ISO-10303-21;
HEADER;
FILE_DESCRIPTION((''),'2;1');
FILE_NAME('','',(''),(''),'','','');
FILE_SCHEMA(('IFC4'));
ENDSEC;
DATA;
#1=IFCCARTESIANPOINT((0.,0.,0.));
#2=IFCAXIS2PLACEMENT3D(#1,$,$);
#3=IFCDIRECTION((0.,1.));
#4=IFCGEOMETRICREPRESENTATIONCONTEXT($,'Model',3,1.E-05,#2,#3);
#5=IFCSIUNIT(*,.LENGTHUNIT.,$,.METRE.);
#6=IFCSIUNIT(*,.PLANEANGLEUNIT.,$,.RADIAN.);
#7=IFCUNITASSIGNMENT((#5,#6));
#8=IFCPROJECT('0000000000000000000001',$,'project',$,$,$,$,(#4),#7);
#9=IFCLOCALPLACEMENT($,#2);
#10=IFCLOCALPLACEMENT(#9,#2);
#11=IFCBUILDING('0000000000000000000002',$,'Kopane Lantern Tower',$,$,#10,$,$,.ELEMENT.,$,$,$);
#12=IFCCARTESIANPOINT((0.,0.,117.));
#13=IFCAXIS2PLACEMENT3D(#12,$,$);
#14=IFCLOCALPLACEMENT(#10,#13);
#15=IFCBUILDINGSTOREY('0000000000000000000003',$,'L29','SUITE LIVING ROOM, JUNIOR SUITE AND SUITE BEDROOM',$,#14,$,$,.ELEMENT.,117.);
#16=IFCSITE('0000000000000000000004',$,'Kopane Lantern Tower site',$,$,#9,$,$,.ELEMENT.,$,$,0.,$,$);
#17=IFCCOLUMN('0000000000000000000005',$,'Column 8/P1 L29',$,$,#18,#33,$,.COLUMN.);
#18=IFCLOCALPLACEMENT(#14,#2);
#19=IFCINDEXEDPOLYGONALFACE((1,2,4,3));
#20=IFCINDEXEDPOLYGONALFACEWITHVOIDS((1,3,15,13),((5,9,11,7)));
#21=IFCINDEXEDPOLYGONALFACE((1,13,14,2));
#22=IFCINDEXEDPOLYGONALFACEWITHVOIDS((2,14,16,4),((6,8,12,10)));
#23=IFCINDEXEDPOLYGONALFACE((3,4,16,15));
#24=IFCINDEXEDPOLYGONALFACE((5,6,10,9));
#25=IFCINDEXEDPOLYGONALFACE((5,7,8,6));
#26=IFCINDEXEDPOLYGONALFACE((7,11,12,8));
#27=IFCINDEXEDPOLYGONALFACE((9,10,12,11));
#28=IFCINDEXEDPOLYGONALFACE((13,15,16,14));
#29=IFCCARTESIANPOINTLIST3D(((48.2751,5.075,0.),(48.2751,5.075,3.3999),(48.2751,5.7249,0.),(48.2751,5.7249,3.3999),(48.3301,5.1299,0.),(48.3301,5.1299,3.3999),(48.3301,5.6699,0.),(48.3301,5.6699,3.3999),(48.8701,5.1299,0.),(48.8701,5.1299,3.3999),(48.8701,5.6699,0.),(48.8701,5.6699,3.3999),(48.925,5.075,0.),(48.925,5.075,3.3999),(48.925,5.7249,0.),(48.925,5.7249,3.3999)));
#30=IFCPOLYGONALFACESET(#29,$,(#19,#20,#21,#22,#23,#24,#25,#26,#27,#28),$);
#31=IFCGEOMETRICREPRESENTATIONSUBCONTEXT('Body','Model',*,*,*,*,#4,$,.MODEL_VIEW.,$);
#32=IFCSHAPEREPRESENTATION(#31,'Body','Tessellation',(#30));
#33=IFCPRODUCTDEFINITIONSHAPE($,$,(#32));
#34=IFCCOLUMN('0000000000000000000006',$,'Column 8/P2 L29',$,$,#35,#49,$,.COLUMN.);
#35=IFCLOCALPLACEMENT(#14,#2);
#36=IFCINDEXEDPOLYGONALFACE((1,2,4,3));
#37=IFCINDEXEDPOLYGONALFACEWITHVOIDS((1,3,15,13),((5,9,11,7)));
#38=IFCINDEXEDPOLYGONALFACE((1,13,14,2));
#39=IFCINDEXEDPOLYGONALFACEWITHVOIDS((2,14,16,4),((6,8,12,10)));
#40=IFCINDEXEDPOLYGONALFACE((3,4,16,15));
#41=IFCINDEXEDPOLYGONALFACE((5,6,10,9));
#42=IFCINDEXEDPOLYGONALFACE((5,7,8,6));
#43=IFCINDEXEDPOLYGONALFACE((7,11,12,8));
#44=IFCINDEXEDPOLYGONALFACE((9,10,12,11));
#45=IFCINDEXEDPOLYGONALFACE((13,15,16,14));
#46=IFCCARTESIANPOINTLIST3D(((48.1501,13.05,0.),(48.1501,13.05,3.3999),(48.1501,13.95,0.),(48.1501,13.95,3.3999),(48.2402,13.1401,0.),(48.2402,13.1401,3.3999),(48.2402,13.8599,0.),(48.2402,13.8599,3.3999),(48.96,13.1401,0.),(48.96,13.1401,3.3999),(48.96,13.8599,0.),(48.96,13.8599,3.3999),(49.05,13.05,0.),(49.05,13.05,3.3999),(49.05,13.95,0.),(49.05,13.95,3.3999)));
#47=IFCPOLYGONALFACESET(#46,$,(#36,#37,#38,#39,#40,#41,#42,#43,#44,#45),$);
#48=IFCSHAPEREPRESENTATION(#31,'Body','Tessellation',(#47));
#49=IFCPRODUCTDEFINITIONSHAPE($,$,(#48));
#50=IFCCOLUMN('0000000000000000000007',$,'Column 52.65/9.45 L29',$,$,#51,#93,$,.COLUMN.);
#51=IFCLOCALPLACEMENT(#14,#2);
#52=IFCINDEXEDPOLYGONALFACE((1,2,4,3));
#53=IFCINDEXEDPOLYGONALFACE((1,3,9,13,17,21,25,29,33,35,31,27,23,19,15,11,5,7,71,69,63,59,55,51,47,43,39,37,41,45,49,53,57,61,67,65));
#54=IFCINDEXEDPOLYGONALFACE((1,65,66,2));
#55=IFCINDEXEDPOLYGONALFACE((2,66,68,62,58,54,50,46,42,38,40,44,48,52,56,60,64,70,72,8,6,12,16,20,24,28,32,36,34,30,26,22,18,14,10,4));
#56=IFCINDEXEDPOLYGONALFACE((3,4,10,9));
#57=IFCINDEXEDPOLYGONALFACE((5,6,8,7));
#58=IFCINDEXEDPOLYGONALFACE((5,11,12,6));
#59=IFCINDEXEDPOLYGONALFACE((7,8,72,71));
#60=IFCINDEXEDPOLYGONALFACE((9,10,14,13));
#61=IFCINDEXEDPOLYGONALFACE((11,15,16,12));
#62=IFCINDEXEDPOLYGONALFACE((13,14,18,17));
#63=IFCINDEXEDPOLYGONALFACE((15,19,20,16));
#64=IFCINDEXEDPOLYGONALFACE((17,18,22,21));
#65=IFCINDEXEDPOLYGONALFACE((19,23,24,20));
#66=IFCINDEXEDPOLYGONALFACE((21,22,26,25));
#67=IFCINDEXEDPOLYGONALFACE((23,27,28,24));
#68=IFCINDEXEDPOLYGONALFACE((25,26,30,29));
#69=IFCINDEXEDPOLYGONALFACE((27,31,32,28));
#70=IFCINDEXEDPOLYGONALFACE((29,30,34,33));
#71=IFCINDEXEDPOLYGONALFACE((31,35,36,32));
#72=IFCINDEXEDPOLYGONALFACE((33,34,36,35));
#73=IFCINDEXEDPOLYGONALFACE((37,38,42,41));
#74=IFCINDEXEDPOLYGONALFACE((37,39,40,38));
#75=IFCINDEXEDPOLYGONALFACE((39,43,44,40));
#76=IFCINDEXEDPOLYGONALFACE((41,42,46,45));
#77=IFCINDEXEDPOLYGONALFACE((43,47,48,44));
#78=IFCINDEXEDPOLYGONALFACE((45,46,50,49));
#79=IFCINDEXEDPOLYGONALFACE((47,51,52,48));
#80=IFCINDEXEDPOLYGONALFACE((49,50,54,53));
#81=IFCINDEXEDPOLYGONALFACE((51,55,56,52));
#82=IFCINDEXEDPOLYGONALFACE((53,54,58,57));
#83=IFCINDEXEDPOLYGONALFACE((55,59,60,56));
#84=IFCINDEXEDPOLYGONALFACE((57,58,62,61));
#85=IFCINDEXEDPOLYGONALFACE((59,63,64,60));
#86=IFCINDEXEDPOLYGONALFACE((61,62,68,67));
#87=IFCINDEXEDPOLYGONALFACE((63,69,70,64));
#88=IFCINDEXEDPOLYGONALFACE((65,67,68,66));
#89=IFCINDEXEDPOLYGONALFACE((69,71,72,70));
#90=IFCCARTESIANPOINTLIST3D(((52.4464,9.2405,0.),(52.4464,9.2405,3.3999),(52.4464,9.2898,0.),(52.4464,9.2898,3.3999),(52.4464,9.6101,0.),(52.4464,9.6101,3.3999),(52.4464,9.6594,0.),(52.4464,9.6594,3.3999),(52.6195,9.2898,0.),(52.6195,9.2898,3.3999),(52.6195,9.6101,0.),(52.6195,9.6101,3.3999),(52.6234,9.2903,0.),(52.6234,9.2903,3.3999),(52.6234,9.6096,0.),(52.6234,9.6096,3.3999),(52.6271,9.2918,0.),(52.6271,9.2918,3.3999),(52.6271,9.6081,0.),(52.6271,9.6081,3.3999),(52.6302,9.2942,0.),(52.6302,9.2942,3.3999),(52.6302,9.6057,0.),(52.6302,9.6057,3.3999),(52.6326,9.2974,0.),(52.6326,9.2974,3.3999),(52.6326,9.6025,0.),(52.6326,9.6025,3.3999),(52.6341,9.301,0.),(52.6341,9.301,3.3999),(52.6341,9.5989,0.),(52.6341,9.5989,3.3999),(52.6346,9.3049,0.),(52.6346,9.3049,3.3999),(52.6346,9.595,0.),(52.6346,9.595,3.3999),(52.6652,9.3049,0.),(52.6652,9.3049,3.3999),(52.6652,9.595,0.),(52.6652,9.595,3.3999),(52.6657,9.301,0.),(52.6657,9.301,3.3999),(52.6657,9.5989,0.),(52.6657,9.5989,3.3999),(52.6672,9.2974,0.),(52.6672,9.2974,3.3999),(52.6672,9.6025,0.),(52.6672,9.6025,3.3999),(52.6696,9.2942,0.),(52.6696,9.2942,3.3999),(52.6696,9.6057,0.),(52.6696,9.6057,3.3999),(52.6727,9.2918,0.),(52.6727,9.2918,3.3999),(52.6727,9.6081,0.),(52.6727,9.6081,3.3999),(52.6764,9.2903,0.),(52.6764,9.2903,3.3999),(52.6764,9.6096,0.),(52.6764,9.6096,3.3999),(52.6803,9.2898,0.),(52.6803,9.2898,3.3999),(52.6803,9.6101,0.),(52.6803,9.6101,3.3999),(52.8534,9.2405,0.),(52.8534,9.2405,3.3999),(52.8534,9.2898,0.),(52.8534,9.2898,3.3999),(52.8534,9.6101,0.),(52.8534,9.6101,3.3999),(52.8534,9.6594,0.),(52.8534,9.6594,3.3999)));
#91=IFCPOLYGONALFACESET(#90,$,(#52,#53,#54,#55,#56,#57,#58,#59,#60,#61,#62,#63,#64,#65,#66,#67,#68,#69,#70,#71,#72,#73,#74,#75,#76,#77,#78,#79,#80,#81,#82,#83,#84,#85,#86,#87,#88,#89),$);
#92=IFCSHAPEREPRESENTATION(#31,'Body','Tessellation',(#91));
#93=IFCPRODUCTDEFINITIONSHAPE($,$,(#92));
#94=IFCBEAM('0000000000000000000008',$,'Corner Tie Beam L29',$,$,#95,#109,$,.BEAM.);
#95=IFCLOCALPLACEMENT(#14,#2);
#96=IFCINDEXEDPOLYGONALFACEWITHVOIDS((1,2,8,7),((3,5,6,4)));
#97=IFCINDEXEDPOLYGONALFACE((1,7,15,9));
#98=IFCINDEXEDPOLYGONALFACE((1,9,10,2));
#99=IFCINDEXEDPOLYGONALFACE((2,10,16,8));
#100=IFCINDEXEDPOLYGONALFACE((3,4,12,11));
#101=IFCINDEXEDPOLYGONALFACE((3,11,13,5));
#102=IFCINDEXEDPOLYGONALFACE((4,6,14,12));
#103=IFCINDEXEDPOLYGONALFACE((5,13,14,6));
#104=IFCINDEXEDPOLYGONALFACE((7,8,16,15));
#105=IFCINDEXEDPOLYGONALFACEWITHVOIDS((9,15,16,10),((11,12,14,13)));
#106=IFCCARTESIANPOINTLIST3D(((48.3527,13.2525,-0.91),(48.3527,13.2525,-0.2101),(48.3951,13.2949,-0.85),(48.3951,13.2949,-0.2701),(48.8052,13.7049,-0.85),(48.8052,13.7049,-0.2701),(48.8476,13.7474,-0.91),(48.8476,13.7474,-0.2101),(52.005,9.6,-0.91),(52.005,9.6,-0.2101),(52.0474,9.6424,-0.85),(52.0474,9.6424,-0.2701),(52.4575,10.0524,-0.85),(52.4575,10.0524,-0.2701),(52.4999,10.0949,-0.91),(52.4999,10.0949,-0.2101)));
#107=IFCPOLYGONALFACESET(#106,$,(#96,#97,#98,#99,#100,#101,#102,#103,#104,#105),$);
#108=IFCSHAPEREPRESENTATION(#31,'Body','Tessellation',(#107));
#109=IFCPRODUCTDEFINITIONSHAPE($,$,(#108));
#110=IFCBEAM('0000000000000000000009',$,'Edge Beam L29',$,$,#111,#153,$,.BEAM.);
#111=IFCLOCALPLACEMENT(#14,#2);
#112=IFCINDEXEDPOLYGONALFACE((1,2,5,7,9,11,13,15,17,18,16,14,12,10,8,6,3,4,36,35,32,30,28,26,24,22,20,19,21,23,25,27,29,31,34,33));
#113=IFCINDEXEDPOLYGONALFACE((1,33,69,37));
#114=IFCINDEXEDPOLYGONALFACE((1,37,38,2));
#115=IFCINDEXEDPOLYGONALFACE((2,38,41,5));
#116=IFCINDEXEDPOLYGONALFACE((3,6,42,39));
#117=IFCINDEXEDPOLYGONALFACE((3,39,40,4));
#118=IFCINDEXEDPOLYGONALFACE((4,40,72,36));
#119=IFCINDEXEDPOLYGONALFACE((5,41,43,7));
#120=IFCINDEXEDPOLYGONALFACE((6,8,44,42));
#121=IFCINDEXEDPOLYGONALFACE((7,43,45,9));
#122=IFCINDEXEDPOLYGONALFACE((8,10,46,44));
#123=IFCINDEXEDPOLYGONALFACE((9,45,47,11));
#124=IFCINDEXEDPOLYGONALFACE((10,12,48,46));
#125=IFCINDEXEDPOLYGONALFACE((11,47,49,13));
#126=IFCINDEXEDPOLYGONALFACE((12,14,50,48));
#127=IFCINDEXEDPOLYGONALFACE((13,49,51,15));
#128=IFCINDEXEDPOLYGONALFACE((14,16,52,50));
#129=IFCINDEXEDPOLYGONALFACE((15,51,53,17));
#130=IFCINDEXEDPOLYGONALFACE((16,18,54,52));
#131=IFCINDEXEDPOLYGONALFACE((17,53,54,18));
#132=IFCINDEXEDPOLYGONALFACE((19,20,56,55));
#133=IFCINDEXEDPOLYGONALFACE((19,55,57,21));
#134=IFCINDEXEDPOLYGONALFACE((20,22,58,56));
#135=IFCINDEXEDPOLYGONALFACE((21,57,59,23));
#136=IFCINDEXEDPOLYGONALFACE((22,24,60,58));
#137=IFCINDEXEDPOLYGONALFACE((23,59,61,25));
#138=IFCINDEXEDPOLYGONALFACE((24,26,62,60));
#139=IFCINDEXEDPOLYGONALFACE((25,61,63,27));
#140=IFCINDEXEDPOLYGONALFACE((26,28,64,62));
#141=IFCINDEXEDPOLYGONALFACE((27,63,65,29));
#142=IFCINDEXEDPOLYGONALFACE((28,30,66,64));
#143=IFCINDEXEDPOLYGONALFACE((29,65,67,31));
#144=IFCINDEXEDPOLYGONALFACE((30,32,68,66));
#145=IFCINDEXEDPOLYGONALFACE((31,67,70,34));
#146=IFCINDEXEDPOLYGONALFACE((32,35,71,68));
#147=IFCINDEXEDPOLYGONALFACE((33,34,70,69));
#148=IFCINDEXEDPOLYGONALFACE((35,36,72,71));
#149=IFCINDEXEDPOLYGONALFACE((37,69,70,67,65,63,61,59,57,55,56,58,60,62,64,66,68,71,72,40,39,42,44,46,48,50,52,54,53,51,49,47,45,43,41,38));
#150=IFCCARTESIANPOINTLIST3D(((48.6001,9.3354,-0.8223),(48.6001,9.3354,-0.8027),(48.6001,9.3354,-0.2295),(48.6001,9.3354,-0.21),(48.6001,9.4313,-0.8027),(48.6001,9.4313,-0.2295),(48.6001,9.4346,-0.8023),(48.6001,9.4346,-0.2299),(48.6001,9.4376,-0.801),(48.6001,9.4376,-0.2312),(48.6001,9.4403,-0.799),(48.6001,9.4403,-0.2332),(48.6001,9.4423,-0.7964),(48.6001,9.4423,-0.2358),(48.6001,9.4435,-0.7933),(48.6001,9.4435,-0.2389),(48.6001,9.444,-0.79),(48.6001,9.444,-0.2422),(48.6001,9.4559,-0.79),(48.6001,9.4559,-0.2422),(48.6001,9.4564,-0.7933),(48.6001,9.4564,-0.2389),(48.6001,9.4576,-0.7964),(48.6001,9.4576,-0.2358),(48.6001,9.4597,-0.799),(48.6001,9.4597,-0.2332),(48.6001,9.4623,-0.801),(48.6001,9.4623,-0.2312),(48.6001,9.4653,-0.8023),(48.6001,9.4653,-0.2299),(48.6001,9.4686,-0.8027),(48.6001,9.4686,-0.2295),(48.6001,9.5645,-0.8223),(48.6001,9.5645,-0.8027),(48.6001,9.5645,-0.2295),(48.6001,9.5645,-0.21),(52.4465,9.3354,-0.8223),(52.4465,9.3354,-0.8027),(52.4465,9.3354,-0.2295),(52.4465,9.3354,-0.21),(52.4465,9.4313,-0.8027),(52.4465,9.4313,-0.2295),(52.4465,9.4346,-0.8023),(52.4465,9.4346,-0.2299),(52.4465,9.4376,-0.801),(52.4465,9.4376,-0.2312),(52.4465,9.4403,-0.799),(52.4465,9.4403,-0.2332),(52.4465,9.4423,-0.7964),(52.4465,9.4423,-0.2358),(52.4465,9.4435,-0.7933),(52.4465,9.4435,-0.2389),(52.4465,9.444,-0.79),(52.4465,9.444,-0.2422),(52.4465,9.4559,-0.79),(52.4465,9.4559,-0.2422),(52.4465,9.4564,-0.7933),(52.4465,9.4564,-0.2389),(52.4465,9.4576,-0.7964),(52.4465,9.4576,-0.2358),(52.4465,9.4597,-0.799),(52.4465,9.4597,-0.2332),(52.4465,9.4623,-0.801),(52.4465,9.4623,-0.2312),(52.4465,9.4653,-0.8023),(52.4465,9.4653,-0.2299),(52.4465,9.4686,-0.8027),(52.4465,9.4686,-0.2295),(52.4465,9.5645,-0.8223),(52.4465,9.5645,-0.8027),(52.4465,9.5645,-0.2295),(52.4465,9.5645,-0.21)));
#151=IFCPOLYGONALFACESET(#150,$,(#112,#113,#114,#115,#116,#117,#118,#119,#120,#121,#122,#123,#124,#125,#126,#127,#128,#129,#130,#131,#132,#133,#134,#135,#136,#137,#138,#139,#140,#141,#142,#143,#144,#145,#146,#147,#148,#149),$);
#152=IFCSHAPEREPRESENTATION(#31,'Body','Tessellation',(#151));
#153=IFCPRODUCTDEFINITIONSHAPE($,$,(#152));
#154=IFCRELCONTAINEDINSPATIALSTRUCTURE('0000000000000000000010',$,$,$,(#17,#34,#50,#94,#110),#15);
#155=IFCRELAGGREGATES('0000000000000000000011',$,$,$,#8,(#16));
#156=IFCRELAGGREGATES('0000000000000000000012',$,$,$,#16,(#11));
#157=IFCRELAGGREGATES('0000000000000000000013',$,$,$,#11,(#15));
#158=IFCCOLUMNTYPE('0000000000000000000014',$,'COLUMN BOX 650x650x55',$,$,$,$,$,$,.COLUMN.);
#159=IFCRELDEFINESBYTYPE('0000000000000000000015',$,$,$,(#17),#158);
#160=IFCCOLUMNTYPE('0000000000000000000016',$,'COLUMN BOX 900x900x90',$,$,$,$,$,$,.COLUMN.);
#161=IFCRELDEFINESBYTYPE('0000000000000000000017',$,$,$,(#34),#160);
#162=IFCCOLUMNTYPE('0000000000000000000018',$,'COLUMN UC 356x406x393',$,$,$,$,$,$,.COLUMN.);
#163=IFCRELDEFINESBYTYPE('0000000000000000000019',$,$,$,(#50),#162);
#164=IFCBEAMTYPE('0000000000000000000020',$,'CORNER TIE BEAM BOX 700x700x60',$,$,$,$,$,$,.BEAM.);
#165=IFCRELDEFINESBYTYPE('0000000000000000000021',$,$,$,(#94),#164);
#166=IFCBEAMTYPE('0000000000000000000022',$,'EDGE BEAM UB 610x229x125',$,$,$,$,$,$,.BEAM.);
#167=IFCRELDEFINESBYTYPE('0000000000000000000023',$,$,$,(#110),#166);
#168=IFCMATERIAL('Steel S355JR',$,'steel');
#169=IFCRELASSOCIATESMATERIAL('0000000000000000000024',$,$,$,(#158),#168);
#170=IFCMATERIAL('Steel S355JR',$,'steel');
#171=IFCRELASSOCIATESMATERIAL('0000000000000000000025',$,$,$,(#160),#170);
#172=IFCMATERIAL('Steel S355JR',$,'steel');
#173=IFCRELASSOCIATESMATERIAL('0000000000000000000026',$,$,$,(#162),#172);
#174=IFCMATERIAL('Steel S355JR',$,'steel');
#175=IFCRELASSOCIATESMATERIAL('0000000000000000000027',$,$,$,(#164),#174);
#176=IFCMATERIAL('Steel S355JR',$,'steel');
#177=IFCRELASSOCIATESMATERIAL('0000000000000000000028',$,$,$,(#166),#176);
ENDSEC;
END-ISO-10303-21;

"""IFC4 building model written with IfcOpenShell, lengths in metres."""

from ifc_helpers import new_model, si_unit, direction, frame, origin, origin_2d, place, context, subcontext, project, spatial, hollow_rectangle, i_section, extrude, material, material_profile, profile_set, type_object, element, save


model = new_model("IFC4")

# Units and contexts
model_context = context("Model", 3, precision=1e-05, world=origin(), true_north=direction((0.0, 1.0)))
body_context = subcontext(model_context, "Body", "Model", "MODEL_VIEW")
ifc_project = project(units=[si_unit("LENGTHUNIT", "METRE"), si_unit("PLANEANGLEUNIT", "RADIAN")], contexts=[model_context])

# Site, building, storey
site_placement = place(None, origin())
site = spatial("IfcSite", under=ifc_project, at=site_placement, Name="Kopane Lantern Tower site", CompositionType="ELEMENT", RefElevation=0.0)
building_placement = place(site_placement, origin())
building = spatial("IfcBuilding", under=site, at=building_placement, Name="Kopane Lantern Tower", CompositionType="ELEMENT")
storey_placement = place(building_placement, frame((0.0, 0.0, 117.0)))
storey = spatial("IfcBuildingStorey", under=building, at=storey_placement, Name="L29", Description="SUITE LIVING ROOM, JUNIOR SUITE AND SUITE BEDROOM", CompositionType="ELEMENT", Elevation=117.0)

# Columns
ifc_material_1 = material(Name="Steel S355JR", Category="steel")
ifc_material_profile_1 = material_profile(ifc_material_1, hollow_rectangle(XDim=0.6499, YDim=0.6499, WallThickness=0.0549, at=origin_2d()), Name="BOX 650x650x55")
ifc_profile_set_1 = profile_set([ifc_material_profile_1], Name="Steel S355JR")
column_type_1 = type_object("IfcColumnType", Name="COLUMN BOX 650x650x55", PredefinedType="COLUMN", material=ifc_profile_set_1)
column_1_placement = place(storey_placement, frame((48.6001, 5.3999, 0.0), z_axis=(0.0, 0.0, 1.0), x_axis=(1.0, 0.0, 0.0)))
element("IfcColumn", 1, at=column_1_placement, inside=storey, type_object=column_type_1, Name="Column 8/P1 L29", PredefinedType="COLUMN", context=body_context, shape_type="SweptSolid", body=[
    extrude(hollow_rectangle(XDim=0.6499, YDim=0.6499, WallThickness=0.0549, at=origin_2d()), origin(), (0.0, 0.0, 1.0), 3.3999),
])
ifc_material_2 = material(Name="Steel S355JR", Category="steel")
ifc_material_profile_2 = material_profile(ifc_material_2, hollow_rectangle(XDim=0.8999, YDim=0.8999, WallThickness=0.0901, at=origin_2d()), Name="BOX 900x900x90")
ifc_profile_set_2 = profile_set([ifc_material_profile_2], Name="Steel S355JR")
column_type_2 = type_object("IfcColumnType", Name="COLUMN BOX 900x900x90", PredefinedType="COLUMN", material=ifc_profile_set_2)
column_2_placement = place(storey_placement, frame((48.6001, 13.5, 0.0), z_axis=(0.0, 0.0, 1.0), x_axis=(1.0, 0.0, 0.0)))
element("IfcColumn", 2, at=column_2_placement, inside=storey, type_object=column_type_2, Name="Column 8/P2 L29", PredefinedType="COLUMN", context=body_context, shape_type="SweptSolid", body=[
    extrude(hollow_rectangle(XDim=0.8999, YDim=0.8999, WallThickness=0.0901, at=origin_2d()), origin(), (0.0, 0.0, 1.0), 3.3999),
])
ifc_material_3 = material(Name="Steel S355JR", Category="steel")
ifc_material_profile_3 = material_profile(ifc_material_3, i_section(OverallWidth=0.407, OverallDepth=0.4189, WebThickness=0.0305, FlangeThickness=0.0493, FilletRadius=0.0151, at=origin_2d()), Name="UC 356x406x393")
ifc_profile_set_3 = profile_set([ifc_material_profile_3], Name="Steel S355JR")
column_type_3 = type_object("IfcColumnType", Name="COLUMN UC 356x406x393", PredefinedType="COLUMN", material=ifc_profile_set_3)
column_3_placement = place(storey_placement, frame((52.6499, 9.45, 0.0), z_axis=(0.0, 0.0, 1.0), x_axis=(1.0, 0.0, 0.0)))
element("IfcColumn", 3, at=column_3_placement, inside=storey, type_object=column_type_3, Name="Column 52.65/9.45 L29", PredefinedType="COLUMN", context=body_context, shape_type="SweptSolid", body=[
    extrude(i_section(OverallWidth=0.407, OverallDepth=0.4189, WebThickness=0.0305, FlangeThickness=0.0493, FilletRadius=0.0151, at=origin_2d()), origin(), (0.0, 0.0, 1.0), 3.3999),
])

# Beams
ifc_material_4 = material(Name="Steel S355JR", Category="steel")
ifc_material_profile_4 = material_profile(ifc_material_4, hollow_rectangle(XDim=0.7, YDim=0.7, WallThickness=0.0601, at=origin_2d()), Name="BOX 700x700x60")
ifc_profile_set_4 = profile_set([ifc_material_profile_4], Name="Steel S355JR")
beam_type_1 = type_object("IfcBeamType", Name="CORNER TIE BEAM BOX 700x700x60", PredefinedType="BEAM", material=ifc_profile_set_4)
beam_placement = place(storey_placement, frame((52.2524, 9.8474, -0.5601), z_axis=(-0.707083, 0.70713, 0.0), x_axis=(-0.70713, -0.707083, 0.0)))
element("IfcBeam", 4, at=beam_placement, inside=storey, type_object=beam_type_1, Name="Corner Tie Beam L29", PredefinedType="BEAM", context=body_context, shape_type="SweptSolid", body=[
    extrude(hollow_rectangle(XDim=0.7, YDim=0.7, WallThickness=0.0601, at=origin_2d()), origin(), (0.0, 0.0, 1.0), 5.1653),
])
ifc_material_5 = material(Name="Steel S355JR", Category="steel")
ifc_material_profile_5 = material_profile(ifc_material_5, i_section(OverallWidth=0.229, OverallDepth=0.6123, WebThickness=0.012, FlangeThickness=0.0195, FilletRadius=0.0127, at=origin_2d()), Name="UB 610x229x125")
ifc_profile_set_5 = profile_set([ifc_material_profile_5], Name="Steel S355JR")
beam_type_2 = type_object("IfcBeamType", Name="EDGE BEAM UB 610x229x125", PredefinedType="BEAM", material=ifc_profile_set_5)
for number, where, z_axis, x_axis, name in (
    (5, (52.4465, 9.45, -0.5161), (-1.0, 0.0, 0.0), (0.0, -1.0, 0.0), "Edge Beam L29"),
):
    element("IfcBeam", number, at=place(storey_placement, frame(where, z_axis=z_axis, x_axis=x_axis)), inside=storey, type_object=beam_type_2, Name=name, PredefinedType="BEAM", context=body_context, shape_type="SweptSolid", body=[
        extrude(i_section(OverallWidth=0.229, OverallDepth=0.6123, WebThickness=0.012, FlangeThickness=0.0195, FilletRadius=0.0127, at=origin_2d()), origin(), (0.0, 0.0, 1.0), 3.8464),
    ])

save(model, "model.ifc")
